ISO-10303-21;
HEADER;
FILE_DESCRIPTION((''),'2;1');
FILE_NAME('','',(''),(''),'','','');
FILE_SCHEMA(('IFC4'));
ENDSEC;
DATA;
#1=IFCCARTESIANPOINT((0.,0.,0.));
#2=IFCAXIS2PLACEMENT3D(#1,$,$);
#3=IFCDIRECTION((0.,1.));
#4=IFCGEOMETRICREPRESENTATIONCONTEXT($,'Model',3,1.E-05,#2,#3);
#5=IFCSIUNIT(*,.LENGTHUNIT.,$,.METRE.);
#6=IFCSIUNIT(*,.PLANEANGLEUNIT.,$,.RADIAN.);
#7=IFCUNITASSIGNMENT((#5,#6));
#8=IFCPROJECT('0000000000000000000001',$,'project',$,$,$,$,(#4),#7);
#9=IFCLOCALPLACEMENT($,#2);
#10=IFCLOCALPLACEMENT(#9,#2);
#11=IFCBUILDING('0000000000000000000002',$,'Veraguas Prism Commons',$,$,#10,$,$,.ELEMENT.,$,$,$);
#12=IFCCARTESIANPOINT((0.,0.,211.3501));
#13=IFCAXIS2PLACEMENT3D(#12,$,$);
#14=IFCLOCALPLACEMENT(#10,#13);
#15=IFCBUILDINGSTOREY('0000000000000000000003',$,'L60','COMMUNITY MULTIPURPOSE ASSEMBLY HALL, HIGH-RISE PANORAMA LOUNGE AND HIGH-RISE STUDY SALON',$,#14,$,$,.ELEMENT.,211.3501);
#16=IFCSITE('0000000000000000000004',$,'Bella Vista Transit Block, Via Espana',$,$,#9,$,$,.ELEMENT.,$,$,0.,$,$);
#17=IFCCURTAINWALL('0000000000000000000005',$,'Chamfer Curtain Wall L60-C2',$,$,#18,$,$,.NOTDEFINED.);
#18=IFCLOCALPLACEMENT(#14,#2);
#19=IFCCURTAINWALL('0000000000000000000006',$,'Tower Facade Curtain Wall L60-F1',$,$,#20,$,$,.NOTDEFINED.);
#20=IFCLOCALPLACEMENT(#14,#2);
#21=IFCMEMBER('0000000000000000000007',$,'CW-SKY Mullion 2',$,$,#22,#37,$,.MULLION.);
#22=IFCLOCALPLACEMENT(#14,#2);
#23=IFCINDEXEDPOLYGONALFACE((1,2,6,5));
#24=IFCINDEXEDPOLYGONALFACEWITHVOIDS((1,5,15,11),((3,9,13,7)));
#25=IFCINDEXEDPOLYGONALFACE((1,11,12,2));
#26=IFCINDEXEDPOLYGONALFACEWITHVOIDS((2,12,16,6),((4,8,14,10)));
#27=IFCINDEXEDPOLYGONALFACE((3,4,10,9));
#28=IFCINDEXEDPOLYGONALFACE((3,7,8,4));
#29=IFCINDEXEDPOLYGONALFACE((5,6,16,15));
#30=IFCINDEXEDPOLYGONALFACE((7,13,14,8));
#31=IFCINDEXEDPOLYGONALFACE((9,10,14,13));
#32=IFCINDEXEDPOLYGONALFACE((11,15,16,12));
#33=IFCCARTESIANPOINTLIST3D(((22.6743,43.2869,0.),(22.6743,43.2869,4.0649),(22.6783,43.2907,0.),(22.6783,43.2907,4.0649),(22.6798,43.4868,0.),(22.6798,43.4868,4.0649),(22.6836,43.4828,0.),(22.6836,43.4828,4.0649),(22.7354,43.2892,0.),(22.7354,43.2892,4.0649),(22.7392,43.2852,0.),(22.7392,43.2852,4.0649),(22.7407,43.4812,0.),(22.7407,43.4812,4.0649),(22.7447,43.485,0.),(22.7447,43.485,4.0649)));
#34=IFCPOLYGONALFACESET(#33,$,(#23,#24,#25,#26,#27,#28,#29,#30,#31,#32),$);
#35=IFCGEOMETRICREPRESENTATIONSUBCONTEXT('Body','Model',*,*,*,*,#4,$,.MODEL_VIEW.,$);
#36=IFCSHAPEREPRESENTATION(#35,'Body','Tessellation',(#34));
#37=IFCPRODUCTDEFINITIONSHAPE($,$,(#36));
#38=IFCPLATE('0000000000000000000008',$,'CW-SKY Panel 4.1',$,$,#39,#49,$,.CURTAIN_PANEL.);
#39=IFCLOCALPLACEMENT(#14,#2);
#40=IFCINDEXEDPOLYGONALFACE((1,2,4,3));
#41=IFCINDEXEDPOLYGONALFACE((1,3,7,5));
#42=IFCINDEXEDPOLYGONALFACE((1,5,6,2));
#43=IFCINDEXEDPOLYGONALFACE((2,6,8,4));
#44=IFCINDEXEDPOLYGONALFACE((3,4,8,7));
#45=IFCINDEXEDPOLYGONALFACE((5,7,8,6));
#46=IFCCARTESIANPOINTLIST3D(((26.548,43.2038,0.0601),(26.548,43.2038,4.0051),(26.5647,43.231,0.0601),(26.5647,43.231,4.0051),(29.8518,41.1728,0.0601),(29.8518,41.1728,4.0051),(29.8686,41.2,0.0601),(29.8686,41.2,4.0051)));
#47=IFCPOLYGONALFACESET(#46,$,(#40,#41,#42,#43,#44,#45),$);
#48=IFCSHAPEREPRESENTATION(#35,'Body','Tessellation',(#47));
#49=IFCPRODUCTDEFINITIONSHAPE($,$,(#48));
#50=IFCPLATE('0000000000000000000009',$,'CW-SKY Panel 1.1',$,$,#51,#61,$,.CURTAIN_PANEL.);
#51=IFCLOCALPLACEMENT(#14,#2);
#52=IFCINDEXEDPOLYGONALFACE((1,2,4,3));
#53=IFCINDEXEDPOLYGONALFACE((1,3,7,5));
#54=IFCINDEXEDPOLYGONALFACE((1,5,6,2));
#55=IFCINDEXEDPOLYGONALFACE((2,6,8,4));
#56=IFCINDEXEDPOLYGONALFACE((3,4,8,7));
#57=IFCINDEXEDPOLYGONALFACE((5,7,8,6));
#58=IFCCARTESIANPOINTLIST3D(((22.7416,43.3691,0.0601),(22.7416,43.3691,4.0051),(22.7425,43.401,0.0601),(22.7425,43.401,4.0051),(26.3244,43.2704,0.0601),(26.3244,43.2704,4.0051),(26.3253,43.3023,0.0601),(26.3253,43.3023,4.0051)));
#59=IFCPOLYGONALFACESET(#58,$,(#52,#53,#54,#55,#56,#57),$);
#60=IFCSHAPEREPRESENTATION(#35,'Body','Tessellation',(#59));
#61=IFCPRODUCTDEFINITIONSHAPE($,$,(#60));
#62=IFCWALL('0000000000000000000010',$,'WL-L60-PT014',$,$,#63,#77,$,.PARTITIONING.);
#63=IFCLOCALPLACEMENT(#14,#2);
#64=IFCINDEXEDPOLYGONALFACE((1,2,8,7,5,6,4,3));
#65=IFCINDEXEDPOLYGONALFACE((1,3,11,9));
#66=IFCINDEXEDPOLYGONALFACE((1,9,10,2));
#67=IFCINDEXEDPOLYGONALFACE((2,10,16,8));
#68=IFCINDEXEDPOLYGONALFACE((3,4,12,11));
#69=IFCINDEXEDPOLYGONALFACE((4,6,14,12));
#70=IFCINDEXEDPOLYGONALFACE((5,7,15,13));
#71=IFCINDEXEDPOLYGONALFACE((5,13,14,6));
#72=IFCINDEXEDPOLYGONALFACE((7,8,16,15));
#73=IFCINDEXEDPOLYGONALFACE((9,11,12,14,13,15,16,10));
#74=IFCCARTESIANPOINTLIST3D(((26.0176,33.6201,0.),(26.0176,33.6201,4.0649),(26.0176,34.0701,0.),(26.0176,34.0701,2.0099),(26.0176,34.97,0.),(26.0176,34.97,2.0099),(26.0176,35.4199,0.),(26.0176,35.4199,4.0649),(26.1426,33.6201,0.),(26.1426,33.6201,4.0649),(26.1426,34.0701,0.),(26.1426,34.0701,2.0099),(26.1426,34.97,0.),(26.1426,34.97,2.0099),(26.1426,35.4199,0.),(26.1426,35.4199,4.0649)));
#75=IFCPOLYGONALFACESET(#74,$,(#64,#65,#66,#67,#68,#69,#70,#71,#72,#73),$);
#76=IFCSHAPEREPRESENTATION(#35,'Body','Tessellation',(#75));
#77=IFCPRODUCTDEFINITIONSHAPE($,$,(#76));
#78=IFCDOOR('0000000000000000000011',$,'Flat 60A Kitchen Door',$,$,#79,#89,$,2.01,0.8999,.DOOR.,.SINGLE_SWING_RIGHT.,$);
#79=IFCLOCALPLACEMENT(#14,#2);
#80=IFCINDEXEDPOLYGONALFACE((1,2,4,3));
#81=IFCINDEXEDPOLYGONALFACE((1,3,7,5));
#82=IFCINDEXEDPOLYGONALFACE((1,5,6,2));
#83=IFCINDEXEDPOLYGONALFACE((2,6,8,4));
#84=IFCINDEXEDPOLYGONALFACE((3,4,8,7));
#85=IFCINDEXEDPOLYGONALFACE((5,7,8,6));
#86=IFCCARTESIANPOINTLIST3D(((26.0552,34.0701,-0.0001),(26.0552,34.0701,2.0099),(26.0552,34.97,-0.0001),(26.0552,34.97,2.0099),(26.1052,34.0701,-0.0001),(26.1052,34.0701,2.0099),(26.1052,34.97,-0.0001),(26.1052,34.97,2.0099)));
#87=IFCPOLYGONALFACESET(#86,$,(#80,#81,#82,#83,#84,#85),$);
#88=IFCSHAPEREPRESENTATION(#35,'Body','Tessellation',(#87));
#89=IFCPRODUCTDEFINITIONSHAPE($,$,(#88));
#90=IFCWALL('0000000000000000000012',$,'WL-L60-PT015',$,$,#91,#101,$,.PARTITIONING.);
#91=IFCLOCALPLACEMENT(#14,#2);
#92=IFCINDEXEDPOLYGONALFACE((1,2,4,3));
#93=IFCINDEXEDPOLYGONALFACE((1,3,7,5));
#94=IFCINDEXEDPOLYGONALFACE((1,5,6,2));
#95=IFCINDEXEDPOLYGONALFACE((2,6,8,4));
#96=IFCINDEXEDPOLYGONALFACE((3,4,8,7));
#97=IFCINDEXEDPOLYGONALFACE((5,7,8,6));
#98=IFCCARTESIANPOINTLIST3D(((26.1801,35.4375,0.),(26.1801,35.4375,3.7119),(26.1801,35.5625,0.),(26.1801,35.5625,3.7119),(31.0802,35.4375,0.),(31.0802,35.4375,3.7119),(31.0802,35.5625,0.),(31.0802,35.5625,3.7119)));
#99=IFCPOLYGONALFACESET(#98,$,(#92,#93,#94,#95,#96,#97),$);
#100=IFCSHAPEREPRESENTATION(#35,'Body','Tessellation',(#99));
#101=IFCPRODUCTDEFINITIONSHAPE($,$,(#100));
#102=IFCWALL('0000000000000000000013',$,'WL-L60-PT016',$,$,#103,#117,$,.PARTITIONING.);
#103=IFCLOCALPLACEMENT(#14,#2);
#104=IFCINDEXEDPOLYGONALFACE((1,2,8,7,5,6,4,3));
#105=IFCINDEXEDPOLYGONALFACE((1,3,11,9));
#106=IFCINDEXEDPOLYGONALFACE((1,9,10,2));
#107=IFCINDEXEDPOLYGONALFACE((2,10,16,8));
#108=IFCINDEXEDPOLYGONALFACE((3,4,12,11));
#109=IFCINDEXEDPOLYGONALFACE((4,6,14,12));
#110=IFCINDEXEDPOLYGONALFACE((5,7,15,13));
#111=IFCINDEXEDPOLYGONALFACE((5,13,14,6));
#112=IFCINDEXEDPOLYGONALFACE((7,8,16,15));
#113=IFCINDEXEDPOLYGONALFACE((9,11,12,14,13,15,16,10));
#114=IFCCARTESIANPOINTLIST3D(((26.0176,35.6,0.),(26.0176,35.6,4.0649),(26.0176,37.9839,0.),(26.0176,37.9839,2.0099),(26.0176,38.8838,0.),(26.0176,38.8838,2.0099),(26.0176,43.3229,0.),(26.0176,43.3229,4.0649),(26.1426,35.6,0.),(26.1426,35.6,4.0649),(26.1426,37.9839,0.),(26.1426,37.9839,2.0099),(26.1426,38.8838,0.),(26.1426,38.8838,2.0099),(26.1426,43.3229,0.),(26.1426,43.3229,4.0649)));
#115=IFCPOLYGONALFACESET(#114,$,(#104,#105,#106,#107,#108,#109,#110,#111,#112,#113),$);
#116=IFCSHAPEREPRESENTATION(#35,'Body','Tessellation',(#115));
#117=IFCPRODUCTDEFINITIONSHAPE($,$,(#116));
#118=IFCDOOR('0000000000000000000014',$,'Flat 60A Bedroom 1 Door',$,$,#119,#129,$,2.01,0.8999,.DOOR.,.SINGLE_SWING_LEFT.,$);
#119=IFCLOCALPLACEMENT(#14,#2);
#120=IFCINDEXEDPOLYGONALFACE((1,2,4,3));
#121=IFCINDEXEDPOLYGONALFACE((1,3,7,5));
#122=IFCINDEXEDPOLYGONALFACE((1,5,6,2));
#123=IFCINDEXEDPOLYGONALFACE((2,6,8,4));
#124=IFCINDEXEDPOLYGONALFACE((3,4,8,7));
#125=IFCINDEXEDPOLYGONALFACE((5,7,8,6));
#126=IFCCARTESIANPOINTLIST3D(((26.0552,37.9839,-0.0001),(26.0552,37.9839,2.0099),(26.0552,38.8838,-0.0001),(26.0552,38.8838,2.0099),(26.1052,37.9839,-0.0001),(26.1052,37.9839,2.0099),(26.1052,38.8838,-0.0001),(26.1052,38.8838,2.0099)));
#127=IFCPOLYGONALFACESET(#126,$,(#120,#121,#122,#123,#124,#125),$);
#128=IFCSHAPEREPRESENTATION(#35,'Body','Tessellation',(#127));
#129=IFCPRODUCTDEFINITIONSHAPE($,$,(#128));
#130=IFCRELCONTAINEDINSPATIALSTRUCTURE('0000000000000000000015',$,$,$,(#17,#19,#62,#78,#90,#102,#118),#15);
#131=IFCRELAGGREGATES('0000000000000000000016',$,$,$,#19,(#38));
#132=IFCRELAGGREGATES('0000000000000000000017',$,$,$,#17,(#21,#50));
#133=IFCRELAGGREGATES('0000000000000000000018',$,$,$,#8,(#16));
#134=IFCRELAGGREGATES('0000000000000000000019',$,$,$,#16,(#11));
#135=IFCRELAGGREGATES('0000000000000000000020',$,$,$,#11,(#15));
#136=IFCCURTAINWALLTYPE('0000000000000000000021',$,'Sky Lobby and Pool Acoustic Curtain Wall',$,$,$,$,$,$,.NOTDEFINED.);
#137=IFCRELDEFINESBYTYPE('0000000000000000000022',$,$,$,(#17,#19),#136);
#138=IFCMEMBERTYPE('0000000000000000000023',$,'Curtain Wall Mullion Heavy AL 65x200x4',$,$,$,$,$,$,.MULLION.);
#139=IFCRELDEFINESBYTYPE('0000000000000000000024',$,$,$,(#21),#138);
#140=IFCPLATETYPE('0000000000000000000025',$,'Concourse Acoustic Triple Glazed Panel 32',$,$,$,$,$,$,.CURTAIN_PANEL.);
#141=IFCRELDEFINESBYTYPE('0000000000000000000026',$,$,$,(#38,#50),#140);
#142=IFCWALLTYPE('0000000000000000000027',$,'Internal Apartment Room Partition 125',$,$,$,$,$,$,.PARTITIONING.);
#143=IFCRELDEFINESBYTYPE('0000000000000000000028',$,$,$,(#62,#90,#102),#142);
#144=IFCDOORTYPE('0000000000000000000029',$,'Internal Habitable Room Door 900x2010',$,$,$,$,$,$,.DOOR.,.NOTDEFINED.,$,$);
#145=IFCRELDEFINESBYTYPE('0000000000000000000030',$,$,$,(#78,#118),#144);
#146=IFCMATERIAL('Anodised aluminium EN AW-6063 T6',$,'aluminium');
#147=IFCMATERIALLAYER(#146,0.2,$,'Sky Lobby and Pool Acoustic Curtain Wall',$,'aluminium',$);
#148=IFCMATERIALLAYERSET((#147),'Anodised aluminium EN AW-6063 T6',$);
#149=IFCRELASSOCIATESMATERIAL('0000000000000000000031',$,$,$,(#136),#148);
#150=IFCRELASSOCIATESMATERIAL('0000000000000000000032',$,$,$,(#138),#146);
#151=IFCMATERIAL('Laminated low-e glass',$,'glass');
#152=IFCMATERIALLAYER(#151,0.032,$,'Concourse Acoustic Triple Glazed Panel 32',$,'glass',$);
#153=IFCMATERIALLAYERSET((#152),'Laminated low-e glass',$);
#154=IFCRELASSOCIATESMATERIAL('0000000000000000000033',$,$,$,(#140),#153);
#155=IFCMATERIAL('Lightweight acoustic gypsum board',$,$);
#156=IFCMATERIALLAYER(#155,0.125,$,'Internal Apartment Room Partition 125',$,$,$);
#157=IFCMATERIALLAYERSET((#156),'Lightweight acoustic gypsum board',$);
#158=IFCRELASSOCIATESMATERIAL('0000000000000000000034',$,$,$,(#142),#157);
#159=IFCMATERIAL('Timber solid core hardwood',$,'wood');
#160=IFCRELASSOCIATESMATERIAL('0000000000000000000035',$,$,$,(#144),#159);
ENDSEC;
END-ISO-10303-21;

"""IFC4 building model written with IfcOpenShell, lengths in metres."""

from ifc_helpers import new_model, si_unit, direction, frame, frame_2d, origin, origin_2d, place, context, subcontext, project, spatial, rectangle, hollow_rectangle, extrude, source, transform, mapped, material, layer, layer_set, material_profile, profile_set, type_object, element, fill, aggregate, save


model = new_model("IFC4")

# Units and contexts
model_context = context("Model", 3, precision=1e-05, world=origin(), true_north=direction((0.0, 1.0)))
body_context = subcontext(model_context, "Body", "Model", "MODEL_VIEW")
ifc_project = project(units=[si_unit("LENGTHUNIT", "METRE"), si_unit("PLANEANGLEUNIT", "RADIAN")], contexts=[model_context])

# Site, building, storey
site_placement = place(None, origin())
site = spatial("IfcSite", under=ifc_project, at=site_placement, Name="Bella Vista Transit Block, Via Espana", CompositionType="ELEMENT", RefElevation=0.0)
building_placement = place(site_placement, origin())
building = spatial("IfcBuilding", under=site, at=building_placement, Name="Veraguas Prism Commons", CompositionType="ELEMENT")
storey_placement = place(building_placement, frame((0.0, 0.0, 211.3501)))
storey = spatial("IfcBuildingStorey", under=building, at=storey_placement, Name="L60", Description="COMMUNITY MULTIPURPOSE ASSEMBLY HALL, HIGH-RISE PANORAMA LOUNGE AND HIGH-RISE STUDY SALON", CompositionType="ELEMENT", Elevation=211.3501)

# Shared definitions
ifc_material_1 = material(Name="Anodised aluminium EN AW-6063 T6", Category="aluminium")
ifc_layer_1 = layer(ifc_material_1, 0.2, Name="Sky Lobby and Pool Acoustic Curtain Wall", Category="aluminium")
ifc_layer_set_1 = layer_set([ifc_layer_1], Name="Anodised aluminium EN AW-6063 T6")
curtain_wall_type = type_object("IfcCurtainWallType", Name="Sky Lobby and Pool Acoustic Curtain Wall", PredefinedType="NOTDEFINED", material=ifc_layer_set_1)

# Curtain wall
curtain_wall_1_placement = place(storey_placement, origin())
curtain_wall_1 = element("IfcCurtainWall", 1, at=curtain_wall_1_placement, inside=storey, type_object=curtain_wall_type, Name="Chamfer Curtain Wall L60-C2", PredefinedType="NOTDEFINED")

# Curtain wall
curtain_wall_2_placement = place(storey_placement, origin())
curtain_wall_2 = element("IfcCurtainWall", 2, at=curtain_wall_2_placement, inside=storey, type_object=curtain_wall_type, Name="Tower Facade Curtain Wall L60-F1", PredefinedType="NOTDEFINED")
ifc_material_profile_1 = material_profile(ifc_material_1, hollow_rectangle(XDim=0.0649, YDim=0.2, WallThickness=0.0039, at=origin_2d()), Name="AL65X200X4")
ifc_profile_set_1 = profile_set([ifc_material_profile_1], Name="Anodised aluminium EN AW-6063 T6")
member_type_1 = type_object("IfcMemberType", Name="Curtain Wall Mullion Heavy AL 65x200x4", PredefinedType="MULLION", material=ifc_profile_set_1)
shared_shape_1 = source(origin(), body_context, "Body", "SweptSolid", [
    extrude(hollow_rectangle(XDim=0.0649, YDim=0.2, WallThickness=0.0039, at=origin_2d()), origin(), (0.0, 0.0, 1.0), 4.0649),
])

# Member
member_1_placement = place(storey_placement, frame((22.7095, 43.386, 0.0), z_axis=(0.0, 0.0, 1.0), x_axis=(-0.999621, 0.027541, 0.0)))
member_1 = element("IfcMember", 3, at=member_1_placement, type_object=member_type_1, Name="CW-SKY Mullion 2", PredefinedType="MULLION", context=body_context, shape_type="MappedRepresentation", body=[
    mapped(shared_shape_1, transform((0.0, 0.0, 0.0), scale=1.0)),
])

# Plates
ifc_material_2 = material(Name="Laminated low-e glass", Category="glass")
ifc_layer_2 = layer(ifc_material_2, 0.032, Name="Concourse Acoustic Triple Glazed Panel 32", Category="glass")
ifc_layer_set_2 = layer_set([ifc_layer_2], Name="Laminated low-e glass")
plate_type = type_object("IfcPlateType", Name="Concourse Acoustic Triple Glazed Panel 32", PredefinedType="CURTAIN_PANEL", material=ifc_layer_set_2)
shared_shape_2 = source(origin(), body_context, "Body", "SweptSolid", [
    extrude(rectangle(XDim=3.8782, YDim=0.032, at=origin_2d()), origin(), (0.0, 0.0, 1.0), 3.9451),
])
plate_1_placement = place(storey_placement, frame((28.2083, 42.2019, 0.0601), z_axis=(0.0, 0.0, 1.0), x_axis=(-0.851909, 0.52369, 0.0)))
plate_1 = element("IfcPlate", 4, at=plate_1_placement, type_object=plate_type, Name="CW-SKY Panel 4.1", PredefinedType="CURTAIN_PANEL", context=body_context, shape_type="MappedRepresentation", body=[
    mapped(shared_shape_2, transform((0.0, 0.0, 0.0), scale=1.0)),
])
aggregate(curtain_wall_2, [plate_1])
shared_shape_3 = source(origin(), body_context, "Body", "SweptSolid", [
    extrude(rectangle(XDim=3.5842, YDim=0.032, at=origin_2d()), origin(), (0.0, 0.0, 1.0), 3.9451),
])
plate_2_placement = place(storey_placement, frame((24.5334, 43.3357, 0.0601), z_axis=(0.0, 0.0, 1.0), x_axis=(-0.999621, 0.027541, 0.0)))
plate_2 = element("IfcPlate", 5, at=plate_2_placement, type_object=plate_type, Name="CW-SKY Panel 1.1", PredefinedType="CURTAIN_PANEL", context=body_context, shape_type="MappedRepresentation", body=[
    mapped(shared_shape_3, transform((0.0, 0.0, 0.0), scale=1.0)),
])
aggregate(curtain_wall_1, [member_1, plate_2])

# Wall, opening, door
ifc_material_3 = material(Name="Lightweight acoustic gypsum board")
ifc_layer_3 = layer(ifc_material_3, 0.125, Name="Internal Apartment Room Partition 125")
ifc_layer_set_3 = layer_set([ifc_layer_3], Name="Lightweight acoustic gypsum board")
wall_type = type_object("IfcWallType", Name="Internal Apartment Room Partition 125", PredefinedType="PARTITIONING", material=ifc_layer_set_3)
wall_1_placement = place(storey_placement, frame((26.0801, 33.6201, 0.0), z_axis=(0.0, 0.0, 1.0), x_axis=(0.0, 1.0, 0.0)))
wall_1 = element("IfcWall", 6, at=wall_1_placement, inside=storey, type_object=wall_type, Name="WL-L60-PT014", PredefinedType="PARTITIONING", context=body_context, shape_type="SweptSolid", body=[
    extrude(rectangle(XDim=1.7998, YDim=0.125, at=frame_2d((0.8999, 0.0))), origin(), (0.0, 0.0, 1.0), 4.0649),
])
opening_1_placement = place(wall_1_placement, frame((0.45, 0.0, 0.0)))
opening_1 = element("IfcOpeningElement", 7, at=opening_1_placement, cuts=wall_1, PredefinedType="OPENING", context=body_context, shape_type="SweptSolid", body=[
    extrude(rectangle(XDim=0.8999, YDim=2.01, at=frame_2d((0.45, 1.0049))), frame((0.0, 0.0725, 0.0), z_axis=(0.0, -1.0, 0.0), x_axis=(1.0, 0.0, 0.0)), (0.0, 0.0, 1.0), 0.145),
])
ifc_material_4 = material(Name="Timber solid core hardwood", Category="wood")
door_type = type_object("IfcDoorType", Name="Internal Habitable Room Door 900x2010", OperationType="NOTDEFINED", PredefinedType="DOOR", material=ifc_material_4)
shared_shape_4 = source(origin(), body_context, "Body", "SweptSolid", [
    extrude(rectangle(XDim=0.8999, YDim=2.01, at=frame_2d((0.45, 1.0049))), frame((0.0, 0.0249, 0.0), z_axis=(0.0, -1.0, 0.0), x_axis=(1.0, 0.0, 0.0)), (0.0, 0.0, 1.0), 0.05),
])
door_1_placement = place(opening_1_placement, origin())
door_1 = element("IfcDoor", 8, at=door_1_placement, inside=storey, type_object=door_type, Name="Flat 60A Kitchen Door", OperationType="SINGLE_SWING_RIGHT", OverallHeight=2.01, OverallWidth=0.8999, PredefinedType="DOOR", context=body_context, shape_type="MappedRepresentation", body=[
    mapped(shared_shape_4, transform((0.0, 0.0, 0.0), scale=1.0)),
])
fill(opening_1, door_1)

# Wall
wall_2_placement = place(storey_placement, frame((26.1799, 35.5, 0.0), z_axis=(0.0, 0.0, 1.0), x_axis=(1.0, 0.0, 0.0)))
element("IfcWall", 9, at=wall_2_placement, inside=storey, type_object=wall_type, Name="WL-L60-PT015", PredefinedType="PARTITIONING", context=body_context, shape_type="SweptSolid", body=[
    extrude(rectangle(XDim=4.9001, YDim=0.125, at=frame_2d((2.4502, 0.0))), origin(), (0.0, 0.0, 1.0), 3.7119),
])

# Wall, opening, door
wall_3_placement = place(storey_placement, frame((26.0801, 35.6001, 0.0), z_axis=(0.0, 0.0, 1.0), x_axis=(0.0, 1.0, 0.0)))
wall_3 = element("IfcWall", 10, at=wall_3_placement, inside=storey, type_object=wall_type, Name="WL-L60-PT016", PredefinedType="PARTITIONING", context=body_context, shape_type="SweptSolid", body=[
    extrude(rectangle(XDim=7.7229, YDim=0.125, at=frame_2d((3.8613, 0.0))), origin(), (0.0, 0.0, 1.0), 4.0649),
])
opening_2_placement = place(wall_3_placement, frame((2.3838, 0.0, 0.0)))
opening_2 = element("IfcOpeningElement", 11, at=opening_2_placement, cuts=wall_3, PredefinedType="OPENING", context=body_context, shape_type="SweptSolid", body=[
    extrude(rectangle(XDim=0.8999, YDim=2.01, at=frame_2d((0.45, 1.0049))), frame((0.0, 0.0725, 0.0), z_axis=(0.0, -1.0, 0.0), x_axis=(1.0, 0.0, 0.0)), (0.0, 0.0, 1.0), 0.145),
])
door_2_placement = place(opening_2_placement, origin())
door_2 = element("IfcDoor", 12, at=door_2_placement, inside=storey, type_object=door_type, Name="Flat 60A Bedroom 1 Door", OperationType="SINGLE_SWING_LEFT", OverallHeight=2.01, OverallWidth=0.8999, PredefinedType="DOOR", context=body_context, shape_type="MappedRepresentation", body=[
    mapped(shared_shape_4, transform((0.0, 0.0, 0.0), scale=1.0)),
])
fill(opening_2, door_2)

save(model, "model.ifc")
